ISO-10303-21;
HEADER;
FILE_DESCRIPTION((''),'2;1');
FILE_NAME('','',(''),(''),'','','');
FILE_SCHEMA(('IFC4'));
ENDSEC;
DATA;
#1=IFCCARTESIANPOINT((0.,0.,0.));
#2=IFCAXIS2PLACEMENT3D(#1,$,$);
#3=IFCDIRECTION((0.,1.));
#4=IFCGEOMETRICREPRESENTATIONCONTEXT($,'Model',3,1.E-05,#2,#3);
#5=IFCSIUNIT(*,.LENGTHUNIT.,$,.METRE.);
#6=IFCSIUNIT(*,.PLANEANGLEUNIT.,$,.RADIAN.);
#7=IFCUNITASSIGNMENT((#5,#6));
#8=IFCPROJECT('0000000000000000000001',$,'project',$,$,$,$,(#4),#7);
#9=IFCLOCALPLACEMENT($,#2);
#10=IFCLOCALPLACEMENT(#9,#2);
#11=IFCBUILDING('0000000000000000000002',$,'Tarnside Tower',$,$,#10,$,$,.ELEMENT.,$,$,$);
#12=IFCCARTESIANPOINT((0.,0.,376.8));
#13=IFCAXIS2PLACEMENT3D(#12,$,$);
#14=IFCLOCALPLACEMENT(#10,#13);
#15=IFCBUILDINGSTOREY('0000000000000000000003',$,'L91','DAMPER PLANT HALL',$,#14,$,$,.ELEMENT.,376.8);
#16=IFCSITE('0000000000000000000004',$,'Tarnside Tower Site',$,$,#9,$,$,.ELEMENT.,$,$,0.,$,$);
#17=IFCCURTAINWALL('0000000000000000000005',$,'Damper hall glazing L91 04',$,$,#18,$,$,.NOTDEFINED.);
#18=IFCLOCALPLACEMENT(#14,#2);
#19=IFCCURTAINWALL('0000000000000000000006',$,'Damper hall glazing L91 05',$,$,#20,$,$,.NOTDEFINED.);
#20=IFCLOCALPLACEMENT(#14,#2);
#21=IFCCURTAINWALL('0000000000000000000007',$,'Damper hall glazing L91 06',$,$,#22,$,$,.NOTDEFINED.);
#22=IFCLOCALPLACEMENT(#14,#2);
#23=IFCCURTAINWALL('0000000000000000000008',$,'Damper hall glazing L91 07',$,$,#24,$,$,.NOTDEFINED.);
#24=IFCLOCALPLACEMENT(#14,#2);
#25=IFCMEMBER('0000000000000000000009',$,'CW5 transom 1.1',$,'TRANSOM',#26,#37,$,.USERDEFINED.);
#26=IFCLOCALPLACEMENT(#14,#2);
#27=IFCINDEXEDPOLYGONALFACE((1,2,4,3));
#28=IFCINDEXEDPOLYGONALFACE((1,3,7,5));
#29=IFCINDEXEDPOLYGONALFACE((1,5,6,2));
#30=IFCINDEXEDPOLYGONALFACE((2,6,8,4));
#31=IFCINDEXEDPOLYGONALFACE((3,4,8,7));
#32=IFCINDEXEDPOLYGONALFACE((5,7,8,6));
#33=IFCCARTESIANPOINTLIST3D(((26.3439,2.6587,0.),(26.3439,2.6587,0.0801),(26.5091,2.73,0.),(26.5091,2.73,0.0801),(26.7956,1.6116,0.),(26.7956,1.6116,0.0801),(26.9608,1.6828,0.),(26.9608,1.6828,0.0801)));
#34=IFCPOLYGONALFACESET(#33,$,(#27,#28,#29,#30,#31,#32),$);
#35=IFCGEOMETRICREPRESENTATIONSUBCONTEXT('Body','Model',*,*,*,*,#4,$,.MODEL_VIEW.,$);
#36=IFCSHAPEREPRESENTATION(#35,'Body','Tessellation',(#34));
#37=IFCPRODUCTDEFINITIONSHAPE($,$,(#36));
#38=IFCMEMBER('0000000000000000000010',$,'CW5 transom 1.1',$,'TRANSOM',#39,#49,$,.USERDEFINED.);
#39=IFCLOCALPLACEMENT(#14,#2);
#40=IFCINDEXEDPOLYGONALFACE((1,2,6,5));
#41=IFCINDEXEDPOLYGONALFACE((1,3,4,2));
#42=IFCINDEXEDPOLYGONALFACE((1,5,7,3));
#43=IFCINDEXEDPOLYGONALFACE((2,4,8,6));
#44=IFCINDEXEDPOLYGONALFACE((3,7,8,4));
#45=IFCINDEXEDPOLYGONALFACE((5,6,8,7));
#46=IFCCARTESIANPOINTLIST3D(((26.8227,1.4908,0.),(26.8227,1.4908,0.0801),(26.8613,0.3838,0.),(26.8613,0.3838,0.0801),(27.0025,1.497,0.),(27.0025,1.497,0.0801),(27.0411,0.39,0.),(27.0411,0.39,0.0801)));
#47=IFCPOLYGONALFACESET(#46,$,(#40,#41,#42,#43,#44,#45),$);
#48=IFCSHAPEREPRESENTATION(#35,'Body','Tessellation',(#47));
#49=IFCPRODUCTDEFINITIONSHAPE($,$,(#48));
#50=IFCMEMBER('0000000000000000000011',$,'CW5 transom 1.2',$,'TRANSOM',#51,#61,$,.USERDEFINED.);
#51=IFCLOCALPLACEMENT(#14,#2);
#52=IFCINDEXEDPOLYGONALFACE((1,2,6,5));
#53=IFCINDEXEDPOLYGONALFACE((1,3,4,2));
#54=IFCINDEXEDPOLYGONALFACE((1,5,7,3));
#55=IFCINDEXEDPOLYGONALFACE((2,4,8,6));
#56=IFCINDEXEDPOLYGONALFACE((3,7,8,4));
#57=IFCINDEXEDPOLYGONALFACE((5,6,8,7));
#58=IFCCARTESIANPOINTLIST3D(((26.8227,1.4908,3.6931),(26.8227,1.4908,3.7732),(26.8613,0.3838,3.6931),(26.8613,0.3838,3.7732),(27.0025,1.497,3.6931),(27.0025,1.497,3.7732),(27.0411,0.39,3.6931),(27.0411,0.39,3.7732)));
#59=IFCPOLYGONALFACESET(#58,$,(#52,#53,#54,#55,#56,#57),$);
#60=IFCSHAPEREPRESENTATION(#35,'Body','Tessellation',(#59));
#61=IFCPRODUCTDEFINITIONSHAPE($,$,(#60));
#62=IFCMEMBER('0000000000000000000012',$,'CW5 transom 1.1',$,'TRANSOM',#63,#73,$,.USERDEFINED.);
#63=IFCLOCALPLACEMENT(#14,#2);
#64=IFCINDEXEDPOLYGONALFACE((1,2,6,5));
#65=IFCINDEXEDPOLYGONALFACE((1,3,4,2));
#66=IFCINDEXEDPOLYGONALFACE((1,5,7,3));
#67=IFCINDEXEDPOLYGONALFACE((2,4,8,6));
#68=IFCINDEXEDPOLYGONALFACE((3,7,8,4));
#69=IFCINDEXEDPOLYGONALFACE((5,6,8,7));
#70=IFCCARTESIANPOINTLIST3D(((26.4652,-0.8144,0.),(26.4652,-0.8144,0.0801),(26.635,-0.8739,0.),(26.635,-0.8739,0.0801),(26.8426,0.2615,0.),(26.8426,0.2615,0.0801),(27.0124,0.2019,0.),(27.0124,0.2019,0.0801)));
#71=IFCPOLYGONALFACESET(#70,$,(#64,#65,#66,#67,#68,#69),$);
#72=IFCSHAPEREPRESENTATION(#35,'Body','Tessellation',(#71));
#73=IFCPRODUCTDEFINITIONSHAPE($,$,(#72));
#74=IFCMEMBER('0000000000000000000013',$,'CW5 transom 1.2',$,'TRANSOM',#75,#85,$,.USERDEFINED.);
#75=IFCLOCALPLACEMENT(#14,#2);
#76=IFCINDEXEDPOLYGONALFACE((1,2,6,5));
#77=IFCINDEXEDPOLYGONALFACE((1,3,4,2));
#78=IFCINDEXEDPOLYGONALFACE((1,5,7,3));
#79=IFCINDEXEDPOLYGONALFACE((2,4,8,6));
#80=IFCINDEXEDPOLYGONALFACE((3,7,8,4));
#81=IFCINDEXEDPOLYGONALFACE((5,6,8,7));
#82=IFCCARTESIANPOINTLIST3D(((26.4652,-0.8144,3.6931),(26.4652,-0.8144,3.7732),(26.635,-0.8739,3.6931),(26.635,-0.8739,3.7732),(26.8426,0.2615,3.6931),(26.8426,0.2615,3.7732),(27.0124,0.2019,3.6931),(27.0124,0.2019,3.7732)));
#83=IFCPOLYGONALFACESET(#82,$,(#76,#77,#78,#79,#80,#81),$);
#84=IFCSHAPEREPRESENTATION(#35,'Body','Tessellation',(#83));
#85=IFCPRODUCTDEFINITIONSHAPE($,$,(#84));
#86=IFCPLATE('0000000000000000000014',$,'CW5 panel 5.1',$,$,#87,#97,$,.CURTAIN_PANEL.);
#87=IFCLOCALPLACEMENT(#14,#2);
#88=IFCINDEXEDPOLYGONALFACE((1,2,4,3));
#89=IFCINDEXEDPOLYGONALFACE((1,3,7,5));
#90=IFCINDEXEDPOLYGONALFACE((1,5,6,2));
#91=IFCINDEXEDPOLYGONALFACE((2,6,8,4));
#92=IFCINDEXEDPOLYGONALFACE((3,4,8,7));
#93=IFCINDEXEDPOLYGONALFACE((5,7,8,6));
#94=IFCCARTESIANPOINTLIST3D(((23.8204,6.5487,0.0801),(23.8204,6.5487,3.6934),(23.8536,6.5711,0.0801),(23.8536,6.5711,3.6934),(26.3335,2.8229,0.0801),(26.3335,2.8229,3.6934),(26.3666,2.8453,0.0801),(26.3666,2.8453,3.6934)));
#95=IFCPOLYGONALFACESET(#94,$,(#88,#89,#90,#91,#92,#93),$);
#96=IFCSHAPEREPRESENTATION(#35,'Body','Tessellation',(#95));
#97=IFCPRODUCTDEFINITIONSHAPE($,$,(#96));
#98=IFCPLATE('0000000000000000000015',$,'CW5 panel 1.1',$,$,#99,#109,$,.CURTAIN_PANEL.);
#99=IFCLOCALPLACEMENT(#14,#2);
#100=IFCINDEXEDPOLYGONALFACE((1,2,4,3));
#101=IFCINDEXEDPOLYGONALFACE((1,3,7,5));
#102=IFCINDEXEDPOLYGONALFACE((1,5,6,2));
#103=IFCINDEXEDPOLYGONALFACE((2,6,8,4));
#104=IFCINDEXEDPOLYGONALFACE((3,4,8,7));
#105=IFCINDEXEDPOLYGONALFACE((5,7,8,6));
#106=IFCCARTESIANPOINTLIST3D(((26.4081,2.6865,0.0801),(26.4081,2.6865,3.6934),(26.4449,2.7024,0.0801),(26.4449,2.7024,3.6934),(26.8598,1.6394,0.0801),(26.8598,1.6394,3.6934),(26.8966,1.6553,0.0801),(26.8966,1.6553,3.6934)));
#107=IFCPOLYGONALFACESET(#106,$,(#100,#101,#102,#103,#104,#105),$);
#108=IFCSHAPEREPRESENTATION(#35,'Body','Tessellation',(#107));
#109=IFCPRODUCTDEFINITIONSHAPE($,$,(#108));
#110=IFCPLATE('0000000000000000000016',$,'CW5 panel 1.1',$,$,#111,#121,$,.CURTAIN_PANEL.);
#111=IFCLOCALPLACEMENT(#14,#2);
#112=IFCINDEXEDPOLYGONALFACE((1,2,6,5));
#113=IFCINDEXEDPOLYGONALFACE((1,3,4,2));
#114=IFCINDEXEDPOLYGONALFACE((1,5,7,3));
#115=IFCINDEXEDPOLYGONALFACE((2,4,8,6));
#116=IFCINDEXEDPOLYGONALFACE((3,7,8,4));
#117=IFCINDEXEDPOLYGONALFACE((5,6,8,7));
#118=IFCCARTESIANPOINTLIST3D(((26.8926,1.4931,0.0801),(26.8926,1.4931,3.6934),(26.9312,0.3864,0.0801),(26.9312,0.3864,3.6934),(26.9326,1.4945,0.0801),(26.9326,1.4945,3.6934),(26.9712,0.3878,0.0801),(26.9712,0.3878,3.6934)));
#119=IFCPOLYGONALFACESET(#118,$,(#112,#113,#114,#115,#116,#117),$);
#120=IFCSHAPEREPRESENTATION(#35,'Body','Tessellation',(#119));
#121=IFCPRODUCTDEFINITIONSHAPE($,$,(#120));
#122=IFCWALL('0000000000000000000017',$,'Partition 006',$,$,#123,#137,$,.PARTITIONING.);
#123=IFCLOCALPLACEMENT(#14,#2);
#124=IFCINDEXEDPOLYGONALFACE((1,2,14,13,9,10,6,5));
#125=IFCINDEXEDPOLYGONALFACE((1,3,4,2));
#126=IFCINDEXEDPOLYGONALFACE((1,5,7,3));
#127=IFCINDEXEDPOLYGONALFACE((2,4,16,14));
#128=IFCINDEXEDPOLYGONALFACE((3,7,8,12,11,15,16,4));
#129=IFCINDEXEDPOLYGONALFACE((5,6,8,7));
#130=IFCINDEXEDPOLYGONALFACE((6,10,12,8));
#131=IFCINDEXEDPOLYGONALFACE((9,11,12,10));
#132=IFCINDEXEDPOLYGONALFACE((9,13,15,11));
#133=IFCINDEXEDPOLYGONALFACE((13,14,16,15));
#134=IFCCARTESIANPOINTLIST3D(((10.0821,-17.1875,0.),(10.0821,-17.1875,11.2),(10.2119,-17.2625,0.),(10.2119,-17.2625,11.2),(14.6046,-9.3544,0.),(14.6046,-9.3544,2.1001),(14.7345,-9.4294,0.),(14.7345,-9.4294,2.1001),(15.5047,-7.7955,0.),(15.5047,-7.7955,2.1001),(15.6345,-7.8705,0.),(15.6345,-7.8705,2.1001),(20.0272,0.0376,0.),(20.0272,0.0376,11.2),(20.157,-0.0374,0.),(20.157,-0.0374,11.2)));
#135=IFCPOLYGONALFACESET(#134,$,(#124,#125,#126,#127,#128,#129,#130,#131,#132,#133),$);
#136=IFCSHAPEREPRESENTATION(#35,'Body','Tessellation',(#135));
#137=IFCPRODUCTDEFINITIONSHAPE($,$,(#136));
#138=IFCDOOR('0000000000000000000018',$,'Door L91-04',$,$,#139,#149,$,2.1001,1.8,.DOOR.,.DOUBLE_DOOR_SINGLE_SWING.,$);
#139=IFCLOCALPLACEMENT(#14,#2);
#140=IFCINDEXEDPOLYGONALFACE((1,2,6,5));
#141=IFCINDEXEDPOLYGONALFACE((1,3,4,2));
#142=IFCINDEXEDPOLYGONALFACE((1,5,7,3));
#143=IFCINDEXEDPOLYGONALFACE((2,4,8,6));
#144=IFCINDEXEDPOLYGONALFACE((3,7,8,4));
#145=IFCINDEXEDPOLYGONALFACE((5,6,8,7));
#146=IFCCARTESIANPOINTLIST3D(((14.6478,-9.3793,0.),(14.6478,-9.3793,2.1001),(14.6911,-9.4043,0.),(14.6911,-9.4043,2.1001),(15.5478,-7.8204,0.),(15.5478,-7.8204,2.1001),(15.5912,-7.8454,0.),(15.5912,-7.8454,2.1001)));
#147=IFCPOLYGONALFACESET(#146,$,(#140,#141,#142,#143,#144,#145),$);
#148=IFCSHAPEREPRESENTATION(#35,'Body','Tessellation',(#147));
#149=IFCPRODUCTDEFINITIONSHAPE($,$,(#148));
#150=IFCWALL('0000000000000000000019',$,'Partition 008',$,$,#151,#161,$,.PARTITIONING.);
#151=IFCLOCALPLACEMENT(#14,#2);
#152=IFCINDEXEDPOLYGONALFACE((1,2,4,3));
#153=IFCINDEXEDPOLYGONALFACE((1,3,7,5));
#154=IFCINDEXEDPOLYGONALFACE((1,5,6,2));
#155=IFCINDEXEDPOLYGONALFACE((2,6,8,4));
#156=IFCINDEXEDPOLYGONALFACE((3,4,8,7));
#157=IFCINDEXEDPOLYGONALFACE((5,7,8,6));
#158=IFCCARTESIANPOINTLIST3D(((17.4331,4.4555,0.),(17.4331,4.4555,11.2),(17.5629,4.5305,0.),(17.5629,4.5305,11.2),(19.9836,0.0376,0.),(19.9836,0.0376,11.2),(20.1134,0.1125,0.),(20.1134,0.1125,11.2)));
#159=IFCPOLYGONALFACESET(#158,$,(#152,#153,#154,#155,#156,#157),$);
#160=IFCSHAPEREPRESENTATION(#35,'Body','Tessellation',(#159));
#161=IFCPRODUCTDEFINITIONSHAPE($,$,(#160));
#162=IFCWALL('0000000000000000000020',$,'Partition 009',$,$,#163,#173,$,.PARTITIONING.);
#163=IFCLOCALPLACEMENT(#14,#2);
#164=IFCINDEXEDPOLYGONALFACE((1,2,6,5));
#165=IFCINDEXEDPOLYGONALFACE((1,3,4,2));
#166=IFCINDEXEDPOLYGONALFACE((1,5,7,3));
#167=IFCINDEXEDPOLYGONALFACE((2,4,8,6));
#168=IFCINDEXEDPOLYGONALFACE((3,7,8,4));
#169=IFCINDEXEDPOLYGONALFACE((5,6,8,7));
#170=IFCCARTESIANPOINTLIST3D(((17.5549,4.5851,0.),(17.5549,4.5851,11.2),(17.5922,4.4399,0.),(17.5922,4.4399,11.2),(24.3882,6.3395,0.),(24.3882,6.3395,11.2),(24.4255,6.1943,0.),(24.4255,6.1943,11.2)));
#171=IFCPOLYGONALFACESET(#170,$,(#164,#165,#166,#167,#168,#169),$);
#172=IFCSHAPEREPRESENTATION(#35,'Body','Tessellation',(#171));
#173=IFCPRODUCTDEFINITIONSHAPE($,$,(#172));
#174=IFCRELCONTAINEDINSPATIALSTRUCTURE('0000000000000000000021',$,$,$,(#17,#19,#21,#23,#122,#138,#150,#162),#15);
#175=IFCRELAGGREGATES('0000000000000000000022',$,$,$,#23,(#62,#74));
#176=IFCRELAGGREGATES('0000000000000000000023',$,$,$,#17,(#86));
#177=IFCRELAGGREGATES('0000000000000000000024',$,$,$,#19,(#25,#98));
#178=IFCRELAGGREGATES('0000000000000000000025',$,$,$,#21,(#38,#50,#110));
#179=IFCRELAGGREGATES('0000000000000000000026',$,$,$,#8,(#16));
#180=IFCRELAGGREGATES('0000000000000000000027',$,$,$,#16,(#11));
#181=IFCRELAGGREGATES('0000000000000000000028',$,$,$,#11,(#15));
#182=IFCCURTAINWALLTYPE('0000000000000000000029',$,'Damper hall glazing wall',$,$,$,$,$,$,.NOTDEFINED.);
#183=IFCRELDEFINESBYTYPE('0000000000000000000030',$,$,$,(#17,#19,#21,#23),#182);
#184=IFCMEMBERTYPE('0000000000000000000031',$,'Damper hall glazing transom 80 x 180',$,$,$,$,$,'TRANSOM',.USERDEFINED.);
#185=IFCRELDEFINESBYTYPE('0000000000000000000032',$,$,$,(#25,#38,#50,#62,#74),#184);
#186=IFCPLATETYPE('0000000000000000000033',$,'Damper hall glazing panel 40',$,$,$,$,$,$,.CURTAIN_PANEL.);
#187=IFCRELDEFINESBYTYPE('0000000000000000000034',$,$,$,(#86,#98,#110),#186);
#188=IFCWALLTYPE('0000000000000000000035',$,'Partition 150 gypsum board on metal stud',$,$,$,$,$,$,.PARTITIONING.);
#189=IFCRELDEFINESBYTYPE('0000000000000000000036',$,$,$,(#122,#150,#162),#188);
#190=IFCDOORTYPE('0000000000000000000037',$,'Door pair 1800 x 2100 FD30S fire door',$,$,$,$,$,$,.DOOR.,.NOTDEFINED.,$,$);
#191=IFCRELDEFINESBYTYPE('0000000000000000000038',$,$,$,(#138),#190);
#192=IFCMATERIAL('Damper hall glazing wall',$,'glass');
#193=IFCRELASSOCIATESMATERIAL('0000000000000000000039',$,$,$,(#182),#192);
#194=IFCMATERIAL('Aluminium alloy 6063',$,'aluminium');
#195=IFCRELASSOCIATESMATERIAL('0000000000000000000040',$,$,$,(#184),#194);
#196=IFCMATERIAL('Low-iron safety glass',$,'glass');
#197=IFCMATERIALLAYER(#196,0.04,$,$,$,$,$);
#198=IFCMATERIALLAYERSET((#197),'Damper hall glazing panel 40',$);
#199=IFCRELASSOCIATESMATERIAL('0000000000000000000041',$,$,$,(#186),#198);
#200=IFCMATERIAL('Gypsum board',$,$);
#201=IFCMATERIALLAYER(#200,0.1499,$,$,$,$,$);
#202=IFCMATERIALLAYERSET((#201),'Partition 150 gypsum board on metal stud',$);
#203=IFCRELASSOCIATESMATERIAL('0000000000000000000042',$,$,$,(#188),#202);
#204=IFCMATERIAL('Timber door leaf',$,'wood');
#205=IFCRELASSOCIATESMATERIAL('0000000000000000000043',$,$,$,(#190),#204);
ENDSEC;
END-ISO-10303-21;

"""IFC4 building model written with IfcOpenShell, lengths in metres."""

from ifc_helpers import new_model, si_unit, direction, frame, frame_2d, origin, origin_2d, place, context, subcontext, project, spatial, rectangle, extrude, material, layer, layer_set, material_profile, profile_set, type_object, element, fill, aggregate, save


model = new_model("IFC4")

# Units and contexts
model_context = context("Model", 3, precision=1e-05, world=origin(), true_north=direction((0.0, 1.0)))
body_context = subcontext(model_context, "Body", "Model", "MODEL_VIEW")
ifc_project = project(units=[si_unit("LENGTHUNIT", "METRE"), si_unit("PLANEANGLEUNIT", "RADIAN")], contexts=[model_context])

# Site, building, storey
site_placement = place(None, origin())
site = spatial("IfcSite", under=ifc_project, at=site_placement, Name="Tarnside Tower Site", CompositionType="ELEMENT", RefElevation=0.0)
building_placement = place(site_placement, origin())
building = spatial("IfcBuilding", under=site, at=building_placement, Name="Tarnside Tower", CompositionType="ELEMENT")
storey_placement = place(building_placement, frame((0.0, 0.0, 376.8)))
storey = spatial("IfcBuildingStorey", under=building, at=storey_placement, Name="L91", Description="DAMPER PLANT HALL", CompositionType="ELEMENT", Elevation=376.8)

# Curtain wall
ifc_material_1 = material(Name="Damper hall glazing wall", Category="glass")
curtain_wall_type = type_object("IfcCurtainWallType", Name="Damper hall glazing wall", PredefinedType="NOTDEFINED", material=ifc_material_1)
curtain_wall_1_placement = place(storey_placement, origin())
curtain_wall_1 = element("IfcCurtainWall", 1, at=curtain_wall_1_placement, inside=storey, type_object=curtain_wall_type, Name="Damper hall glazing L91 04", PredefinedType="NOTDEFINED")
ifc_material_2 = material(Name="Aluminium alloy 6063", Category="aluminium")

# Curtain walls
curtain_wall_2_placement = place(storey_placement, origin())
curtain_wall_2 = element("IfcCurtainWall", 2, at=curtain_wall_2_placement, inside=storey, type_object=curtain_wall_type, Name="Damper hall glazing L91 05", PredefinedType="NOTDEFINED")
curtain_wall_3_placement = place(storey_placement, origin())
curtain_wall_3 = element("IfcCurtainWall", 3, at=curtain_wall_3_placement, inside=storey, type_object=curtain_wall_type, Name="Damper hall glazing L91 06", PredefinedType="NOTDEFINED")

# Curtain wall
curtain_wall_4_placement = place(storey_placement, origin())
curtain_wall_4 = element("IfcCurtainWall", 4, at=curtain_wall_4_placement, inside=storey, type_object=curtain_wall_type, Name="Damper hall glazing L91 07", PredefinedType="NOTDEFINED")

# Members
ifc_material_profile_1 = material_profile(ifc_material_2, rectangle(XDim=0.1799, YDim=0.0801, at=origin_2d()), Name="Damper hall glazing transom 80 x 180")
ifc_profile_set_1 = profile_set([ifc_material_profile_1], Name="Aluminium alloy 6063")
member_type_1 = type_object("IfcMemberType", Name="Damper hall glazing transom 80 x 180", ElementType="TRANSOM", PredefinedType="USERDEFINED", material=ifc_profile_set_1)
member_1_placement = place(storey_placement, frame((26.4265, 2.6943, 0.04), z_axis=(0.396063, -0.918223, 0.0), x_axis=(0.918223, 0.396063, 0.0)))
member_1 = element("IfcMember", 5, at=member_1_placement, type_object=member_type_1, Name="CW5 transom 1.1", ObjectType="TRANSOM", PredefinedType="USERDEFINED", context=body_context, shape_type="SweptSolid", body=[
    extrude(rectangle(XDim=0.1799, YDim=0.0801, at=origin_2d()), origin(), (0.0, 0.0, 1.0), 1.1404),
])
member_2_placement = place(storey_placement, frame((26.9126, 1.4939, 0.04), z_axis=(0.034827, -0.999393, 0.0), x_axis=(0.999393, 0.034827, 0.0)))
member_2 = element("IfcMember", 6, at=member_2_placement, type_object=member_type_1, Name="CW5 transom 1.1", ObjectType="TRANSOM", PredefinedType="USERDEFINED", context=body_context, shape_type="SweptSolid", body=[
    extrude(rectangle(XDim=0.1799, YDim=0.0801, at=origin_2d()), origin(), (0.0, 0.0, 1.0), 1.1077),
])
member_3_placement = place(storey_placement, frame((26.9126, 1.4939, 3.7332), z_axis=(0.034827, -0.999393, 0.0), x_axis=(0.999393, 0.034827, 0.0)))
member_3 = element("IfcMember", 7, at=member_3_placement, type_object=member_type_1, Name="CW5 transom 1.2", ObjectType="TRANSOM", PredefinedType="USERDEFINED", context=body_context, shape_type="SweptSolid", body=[
    extrude(rectangle(XDim=0.1799, YDim=0.0801, at=origin_2d()), origin(), (0.0, 0.0, 1.0), 1.1077),
])
member_4_placement = place(storey_placement, frame((26.9275, 0.2317, 0.04), z_axis=(-0.331028, -0.943621, 0.0), x_axis=(0.943621, -0.331028, 0.0)))
member_4 = element("IfcMember", 8, at=member_4_placement, type_object=member_type_1, Name="CW5 transom 1.1", ObjectType="TRANSOM", PredefinedType="USERDEFINED", context=body_context, shape_type="SweptSolid", body=[
    extrude(rectangle(XDim=0.1799, YDim=0.0801, at=origin_2d()), origin(), (0.0, 0.0, 1.0), 1.1401),
])
member_5_placement = place(storey_placement, frame((26.9275, 0.2317, 3.7332), z_axis=(-0.331028, -0.943621, 0.0), x_axis=(0.943621, -0.331028, 0.0)))
member_5 = element("IfcMember", 9, at=member_5_placement, type_object=member_type_1, Name="CW5 transom 1.2", ObjectType="TRANSOM", PredefinedType="USERDEFINED", context=body_context, shape_type="SweptSolid", body=[
    extrude(rectangle(XDim=0.1799, YDim=0.0801, at=origin_2d()), origin(), (0.0, 0.0, 1.0), 1.1401),
])
aggregate(curtain_wall_4, [member_4, member_5])

# Plates
ifc_material_3 = material(Name="Low-iron safety glass", Category="glass")
ifc_layer_1 = layer(ifc_material_3, 0.04)
ifc_layer_set_1 = layer_set([ifc_layer_1], Name="Damper hall glazing panel 40")
plate_type = type_object("IfcPlateType", Name="Damper hall glazing panel 40", PredefinedType="CURTAIN_PANEL", material=ifc_layer_set_1)
plate_1_placement = place(storey_placement, frame((25.0935, 4.697, 0.0801), z_axis=(0.0, 0.0, 1.0), x_axis=(0.559193, -0.829038, 0.0)))
plate_1 = element("IfcPlate", 10, at=plate_1_placement, type_object=plate_type, Name="CW5 panel 5.1", PredefinedType="CURTAIN_PANEL", context=body_context, shape_type="SweptSolid", body=[
    extrude(rectangle(XDim=4.4941, YDim=0.04, at=origin_2d()), origin(), (0.0, 0.0, 1.0), 3.6133),
])
aggregate(curtain_wall_1, [plate_1])
plate_2_placement = place(storey_placement, frame((26.6523, 2.1709, 0.0801), z_axis=(0.0, 0.0, 1.0), x_axis=(0.39608, -0.918216, 0.0)))
plate_2 = element("IfcPlate", 11, at=plate_2_placement, type_object=plate_type, Name="CW5 panel 1.1", PredefinedType="CURTAIN_PANEL", context=body_context, shape_type="SweptSolid", body=[
    extrude(rectangle(XDim=1.1404, YDim=0.04, at=origin_2d()), origin(), (0.0, 0.0, 1.0), 3.6133),
])
aggregate(curtain_wall_2, [member_1, plate_2])
plate_3_placement = place(storey_placement, frame((26.9319, 0.9404, 0.0801), z_axis=(0.0, 0.0, 1.0), x_axis=(0.034899, -0.999391, 0.0)))
plate_3 = element("IfcPlate", 12, at=plate_3_placement, type_object=plate_type, Name="CW5 panel 1.1", PredefinedType="CURTAIN_PANEL", context=body_context, shape_type="SweptSolid", body=[
    extrude(rectangle(XDim=1.1074, YDim=0.04, at=origin_2d()), origin(), (0.0, 0.0, 1.0), 3.6133),
])
aggregate(curtain_wall_3, [member_2, member_3, plate_3])

# Wall, opening, door
ifc_material_4 = material(Name="Gypsum board")
ifc_layer_2 = layer(ifc_material_4, 0.1499)
ifc_layer_set_2 = layer_set([ifc_layer_2], Name="Partition 150 gypsum board on metal stud")
wall_type = type_object("IfcWallType", Name="Partition 150 gypsum board on metal stud", PredefinedType="PARTITIONING", material=ifc_layer_set_2)
wall_1_placement = place(storey_placement, frame((20.092, 0.0, 0.0), z_axis=(0.0, 0.0, 1.0), x_axis=(-0.500006, -0.866022, 0.0)))
wall_1 = element("IfcWall", 13, at=wall_1_placement, inside=storey, type_object=wall_type, Name="Partition 006", PredefinedType="PARTITIONING", context=body_context, shape_type="SweptSolid", body=[
    extrude(rectangle(XDim=19.8899, YDim=0.1499, at=frame_2d((9.9448, 0.0))), origin(), (0.0, 0.0, 1.0), 11.2),
])
opening_placement = place(wall_1_placement, frame((9.0449, 0.0, 0.0)))
opening = element("IfcOpeningElement", 14, at=opening_placement, cuts=wall_1, PredefinedType="OPENING", context=body_context, shape_type="SweptSolid", body=[
    extrude(rectangle(XDim=1.8, YDim=2.1001, at=frame_2d((0.8999, 1.05))), frame((0.0, 0.085, 0.0), z_axis=(0.0, -1.0, 0.0), x_axis=(1.0, 0.0, 0.0)), (0.0, 0.0, 1.0), 0.1699),
])
ifc_material_5 = material(Name="Timber door leaf", Category="wood")
door_type = type_object("IfcDoorType", Name="Door pair 1800 x 2100 FD30S fire door", OperationType="NOTDEFINED", PredefinedType="DOOR", material=ifc_material_5)
door_placement = place(opening_placement, origin())
door = element("IfcDoor", 15, at=door_placement, inside=storey, type_object=door_type, Name="Door L91-04", OperationType="DOUBLE_DOOR_SINGLE_SWING", OverallHeight=2.1001, OverallWidth=1.8, PredefinedType="DOOR", context=body_context, shape_type="SweptSolid", body=[
    extrude(rectangle(XDim=1.8, YDim=2.1001, at=frame_2d((0.8999, 1.05))), frame((0.0, 0.0249, 0.0), z_axis=(0.0, -1.0, 0.0), x_axis=(1.0, 0.0, 0.0)), (0.0, 0.0, 1.0), 0.05),
])
fill(opening, door)

# Walls
wall_2_placement = place(storey_placement, frame((20.0486, 0.075, 0.0), z_axis=(0.0, 0.0, 1.0), x_axis=(-0.499974, 0.866041, 0.0)))
element("IfcWall", 16, at=wall_2_placement, inside=storey, type_object=wall_type, Name="Partition 008", PredefinedType="PARTITIONING", context=body_context, shape_type="SweptSolid", body=[
    extrude(rectangle(XDim=5.1013, YDim=0.1499, at=frame_2d((2.5508, 0.0))), origin(), (0.0, 0.0, 1.0), 11.2),
])
wall_3_placement = place(storey_placement, frame((24.4067, 6.2668, 0.0), z_axis=(0.0, 0.0, 1.0), x_axis=(-0.968586, -0.248678, 0.0)))
element("IfcWall", 17, at=wall_3_placement, inside=storey, type_object=wall_type, Name="Partition 009", PredefinedType="PARTITIONING", context=body_context, shape_type="SweptSolid", body=[
    extrude(rectangle(XDim=7.0549, YDim=0.1499, at=frame_2d((3.5273, 0.0))), origin(), (0.0, 0.0, 1.0), 11.2),
])

save(model, "model.ifc")
